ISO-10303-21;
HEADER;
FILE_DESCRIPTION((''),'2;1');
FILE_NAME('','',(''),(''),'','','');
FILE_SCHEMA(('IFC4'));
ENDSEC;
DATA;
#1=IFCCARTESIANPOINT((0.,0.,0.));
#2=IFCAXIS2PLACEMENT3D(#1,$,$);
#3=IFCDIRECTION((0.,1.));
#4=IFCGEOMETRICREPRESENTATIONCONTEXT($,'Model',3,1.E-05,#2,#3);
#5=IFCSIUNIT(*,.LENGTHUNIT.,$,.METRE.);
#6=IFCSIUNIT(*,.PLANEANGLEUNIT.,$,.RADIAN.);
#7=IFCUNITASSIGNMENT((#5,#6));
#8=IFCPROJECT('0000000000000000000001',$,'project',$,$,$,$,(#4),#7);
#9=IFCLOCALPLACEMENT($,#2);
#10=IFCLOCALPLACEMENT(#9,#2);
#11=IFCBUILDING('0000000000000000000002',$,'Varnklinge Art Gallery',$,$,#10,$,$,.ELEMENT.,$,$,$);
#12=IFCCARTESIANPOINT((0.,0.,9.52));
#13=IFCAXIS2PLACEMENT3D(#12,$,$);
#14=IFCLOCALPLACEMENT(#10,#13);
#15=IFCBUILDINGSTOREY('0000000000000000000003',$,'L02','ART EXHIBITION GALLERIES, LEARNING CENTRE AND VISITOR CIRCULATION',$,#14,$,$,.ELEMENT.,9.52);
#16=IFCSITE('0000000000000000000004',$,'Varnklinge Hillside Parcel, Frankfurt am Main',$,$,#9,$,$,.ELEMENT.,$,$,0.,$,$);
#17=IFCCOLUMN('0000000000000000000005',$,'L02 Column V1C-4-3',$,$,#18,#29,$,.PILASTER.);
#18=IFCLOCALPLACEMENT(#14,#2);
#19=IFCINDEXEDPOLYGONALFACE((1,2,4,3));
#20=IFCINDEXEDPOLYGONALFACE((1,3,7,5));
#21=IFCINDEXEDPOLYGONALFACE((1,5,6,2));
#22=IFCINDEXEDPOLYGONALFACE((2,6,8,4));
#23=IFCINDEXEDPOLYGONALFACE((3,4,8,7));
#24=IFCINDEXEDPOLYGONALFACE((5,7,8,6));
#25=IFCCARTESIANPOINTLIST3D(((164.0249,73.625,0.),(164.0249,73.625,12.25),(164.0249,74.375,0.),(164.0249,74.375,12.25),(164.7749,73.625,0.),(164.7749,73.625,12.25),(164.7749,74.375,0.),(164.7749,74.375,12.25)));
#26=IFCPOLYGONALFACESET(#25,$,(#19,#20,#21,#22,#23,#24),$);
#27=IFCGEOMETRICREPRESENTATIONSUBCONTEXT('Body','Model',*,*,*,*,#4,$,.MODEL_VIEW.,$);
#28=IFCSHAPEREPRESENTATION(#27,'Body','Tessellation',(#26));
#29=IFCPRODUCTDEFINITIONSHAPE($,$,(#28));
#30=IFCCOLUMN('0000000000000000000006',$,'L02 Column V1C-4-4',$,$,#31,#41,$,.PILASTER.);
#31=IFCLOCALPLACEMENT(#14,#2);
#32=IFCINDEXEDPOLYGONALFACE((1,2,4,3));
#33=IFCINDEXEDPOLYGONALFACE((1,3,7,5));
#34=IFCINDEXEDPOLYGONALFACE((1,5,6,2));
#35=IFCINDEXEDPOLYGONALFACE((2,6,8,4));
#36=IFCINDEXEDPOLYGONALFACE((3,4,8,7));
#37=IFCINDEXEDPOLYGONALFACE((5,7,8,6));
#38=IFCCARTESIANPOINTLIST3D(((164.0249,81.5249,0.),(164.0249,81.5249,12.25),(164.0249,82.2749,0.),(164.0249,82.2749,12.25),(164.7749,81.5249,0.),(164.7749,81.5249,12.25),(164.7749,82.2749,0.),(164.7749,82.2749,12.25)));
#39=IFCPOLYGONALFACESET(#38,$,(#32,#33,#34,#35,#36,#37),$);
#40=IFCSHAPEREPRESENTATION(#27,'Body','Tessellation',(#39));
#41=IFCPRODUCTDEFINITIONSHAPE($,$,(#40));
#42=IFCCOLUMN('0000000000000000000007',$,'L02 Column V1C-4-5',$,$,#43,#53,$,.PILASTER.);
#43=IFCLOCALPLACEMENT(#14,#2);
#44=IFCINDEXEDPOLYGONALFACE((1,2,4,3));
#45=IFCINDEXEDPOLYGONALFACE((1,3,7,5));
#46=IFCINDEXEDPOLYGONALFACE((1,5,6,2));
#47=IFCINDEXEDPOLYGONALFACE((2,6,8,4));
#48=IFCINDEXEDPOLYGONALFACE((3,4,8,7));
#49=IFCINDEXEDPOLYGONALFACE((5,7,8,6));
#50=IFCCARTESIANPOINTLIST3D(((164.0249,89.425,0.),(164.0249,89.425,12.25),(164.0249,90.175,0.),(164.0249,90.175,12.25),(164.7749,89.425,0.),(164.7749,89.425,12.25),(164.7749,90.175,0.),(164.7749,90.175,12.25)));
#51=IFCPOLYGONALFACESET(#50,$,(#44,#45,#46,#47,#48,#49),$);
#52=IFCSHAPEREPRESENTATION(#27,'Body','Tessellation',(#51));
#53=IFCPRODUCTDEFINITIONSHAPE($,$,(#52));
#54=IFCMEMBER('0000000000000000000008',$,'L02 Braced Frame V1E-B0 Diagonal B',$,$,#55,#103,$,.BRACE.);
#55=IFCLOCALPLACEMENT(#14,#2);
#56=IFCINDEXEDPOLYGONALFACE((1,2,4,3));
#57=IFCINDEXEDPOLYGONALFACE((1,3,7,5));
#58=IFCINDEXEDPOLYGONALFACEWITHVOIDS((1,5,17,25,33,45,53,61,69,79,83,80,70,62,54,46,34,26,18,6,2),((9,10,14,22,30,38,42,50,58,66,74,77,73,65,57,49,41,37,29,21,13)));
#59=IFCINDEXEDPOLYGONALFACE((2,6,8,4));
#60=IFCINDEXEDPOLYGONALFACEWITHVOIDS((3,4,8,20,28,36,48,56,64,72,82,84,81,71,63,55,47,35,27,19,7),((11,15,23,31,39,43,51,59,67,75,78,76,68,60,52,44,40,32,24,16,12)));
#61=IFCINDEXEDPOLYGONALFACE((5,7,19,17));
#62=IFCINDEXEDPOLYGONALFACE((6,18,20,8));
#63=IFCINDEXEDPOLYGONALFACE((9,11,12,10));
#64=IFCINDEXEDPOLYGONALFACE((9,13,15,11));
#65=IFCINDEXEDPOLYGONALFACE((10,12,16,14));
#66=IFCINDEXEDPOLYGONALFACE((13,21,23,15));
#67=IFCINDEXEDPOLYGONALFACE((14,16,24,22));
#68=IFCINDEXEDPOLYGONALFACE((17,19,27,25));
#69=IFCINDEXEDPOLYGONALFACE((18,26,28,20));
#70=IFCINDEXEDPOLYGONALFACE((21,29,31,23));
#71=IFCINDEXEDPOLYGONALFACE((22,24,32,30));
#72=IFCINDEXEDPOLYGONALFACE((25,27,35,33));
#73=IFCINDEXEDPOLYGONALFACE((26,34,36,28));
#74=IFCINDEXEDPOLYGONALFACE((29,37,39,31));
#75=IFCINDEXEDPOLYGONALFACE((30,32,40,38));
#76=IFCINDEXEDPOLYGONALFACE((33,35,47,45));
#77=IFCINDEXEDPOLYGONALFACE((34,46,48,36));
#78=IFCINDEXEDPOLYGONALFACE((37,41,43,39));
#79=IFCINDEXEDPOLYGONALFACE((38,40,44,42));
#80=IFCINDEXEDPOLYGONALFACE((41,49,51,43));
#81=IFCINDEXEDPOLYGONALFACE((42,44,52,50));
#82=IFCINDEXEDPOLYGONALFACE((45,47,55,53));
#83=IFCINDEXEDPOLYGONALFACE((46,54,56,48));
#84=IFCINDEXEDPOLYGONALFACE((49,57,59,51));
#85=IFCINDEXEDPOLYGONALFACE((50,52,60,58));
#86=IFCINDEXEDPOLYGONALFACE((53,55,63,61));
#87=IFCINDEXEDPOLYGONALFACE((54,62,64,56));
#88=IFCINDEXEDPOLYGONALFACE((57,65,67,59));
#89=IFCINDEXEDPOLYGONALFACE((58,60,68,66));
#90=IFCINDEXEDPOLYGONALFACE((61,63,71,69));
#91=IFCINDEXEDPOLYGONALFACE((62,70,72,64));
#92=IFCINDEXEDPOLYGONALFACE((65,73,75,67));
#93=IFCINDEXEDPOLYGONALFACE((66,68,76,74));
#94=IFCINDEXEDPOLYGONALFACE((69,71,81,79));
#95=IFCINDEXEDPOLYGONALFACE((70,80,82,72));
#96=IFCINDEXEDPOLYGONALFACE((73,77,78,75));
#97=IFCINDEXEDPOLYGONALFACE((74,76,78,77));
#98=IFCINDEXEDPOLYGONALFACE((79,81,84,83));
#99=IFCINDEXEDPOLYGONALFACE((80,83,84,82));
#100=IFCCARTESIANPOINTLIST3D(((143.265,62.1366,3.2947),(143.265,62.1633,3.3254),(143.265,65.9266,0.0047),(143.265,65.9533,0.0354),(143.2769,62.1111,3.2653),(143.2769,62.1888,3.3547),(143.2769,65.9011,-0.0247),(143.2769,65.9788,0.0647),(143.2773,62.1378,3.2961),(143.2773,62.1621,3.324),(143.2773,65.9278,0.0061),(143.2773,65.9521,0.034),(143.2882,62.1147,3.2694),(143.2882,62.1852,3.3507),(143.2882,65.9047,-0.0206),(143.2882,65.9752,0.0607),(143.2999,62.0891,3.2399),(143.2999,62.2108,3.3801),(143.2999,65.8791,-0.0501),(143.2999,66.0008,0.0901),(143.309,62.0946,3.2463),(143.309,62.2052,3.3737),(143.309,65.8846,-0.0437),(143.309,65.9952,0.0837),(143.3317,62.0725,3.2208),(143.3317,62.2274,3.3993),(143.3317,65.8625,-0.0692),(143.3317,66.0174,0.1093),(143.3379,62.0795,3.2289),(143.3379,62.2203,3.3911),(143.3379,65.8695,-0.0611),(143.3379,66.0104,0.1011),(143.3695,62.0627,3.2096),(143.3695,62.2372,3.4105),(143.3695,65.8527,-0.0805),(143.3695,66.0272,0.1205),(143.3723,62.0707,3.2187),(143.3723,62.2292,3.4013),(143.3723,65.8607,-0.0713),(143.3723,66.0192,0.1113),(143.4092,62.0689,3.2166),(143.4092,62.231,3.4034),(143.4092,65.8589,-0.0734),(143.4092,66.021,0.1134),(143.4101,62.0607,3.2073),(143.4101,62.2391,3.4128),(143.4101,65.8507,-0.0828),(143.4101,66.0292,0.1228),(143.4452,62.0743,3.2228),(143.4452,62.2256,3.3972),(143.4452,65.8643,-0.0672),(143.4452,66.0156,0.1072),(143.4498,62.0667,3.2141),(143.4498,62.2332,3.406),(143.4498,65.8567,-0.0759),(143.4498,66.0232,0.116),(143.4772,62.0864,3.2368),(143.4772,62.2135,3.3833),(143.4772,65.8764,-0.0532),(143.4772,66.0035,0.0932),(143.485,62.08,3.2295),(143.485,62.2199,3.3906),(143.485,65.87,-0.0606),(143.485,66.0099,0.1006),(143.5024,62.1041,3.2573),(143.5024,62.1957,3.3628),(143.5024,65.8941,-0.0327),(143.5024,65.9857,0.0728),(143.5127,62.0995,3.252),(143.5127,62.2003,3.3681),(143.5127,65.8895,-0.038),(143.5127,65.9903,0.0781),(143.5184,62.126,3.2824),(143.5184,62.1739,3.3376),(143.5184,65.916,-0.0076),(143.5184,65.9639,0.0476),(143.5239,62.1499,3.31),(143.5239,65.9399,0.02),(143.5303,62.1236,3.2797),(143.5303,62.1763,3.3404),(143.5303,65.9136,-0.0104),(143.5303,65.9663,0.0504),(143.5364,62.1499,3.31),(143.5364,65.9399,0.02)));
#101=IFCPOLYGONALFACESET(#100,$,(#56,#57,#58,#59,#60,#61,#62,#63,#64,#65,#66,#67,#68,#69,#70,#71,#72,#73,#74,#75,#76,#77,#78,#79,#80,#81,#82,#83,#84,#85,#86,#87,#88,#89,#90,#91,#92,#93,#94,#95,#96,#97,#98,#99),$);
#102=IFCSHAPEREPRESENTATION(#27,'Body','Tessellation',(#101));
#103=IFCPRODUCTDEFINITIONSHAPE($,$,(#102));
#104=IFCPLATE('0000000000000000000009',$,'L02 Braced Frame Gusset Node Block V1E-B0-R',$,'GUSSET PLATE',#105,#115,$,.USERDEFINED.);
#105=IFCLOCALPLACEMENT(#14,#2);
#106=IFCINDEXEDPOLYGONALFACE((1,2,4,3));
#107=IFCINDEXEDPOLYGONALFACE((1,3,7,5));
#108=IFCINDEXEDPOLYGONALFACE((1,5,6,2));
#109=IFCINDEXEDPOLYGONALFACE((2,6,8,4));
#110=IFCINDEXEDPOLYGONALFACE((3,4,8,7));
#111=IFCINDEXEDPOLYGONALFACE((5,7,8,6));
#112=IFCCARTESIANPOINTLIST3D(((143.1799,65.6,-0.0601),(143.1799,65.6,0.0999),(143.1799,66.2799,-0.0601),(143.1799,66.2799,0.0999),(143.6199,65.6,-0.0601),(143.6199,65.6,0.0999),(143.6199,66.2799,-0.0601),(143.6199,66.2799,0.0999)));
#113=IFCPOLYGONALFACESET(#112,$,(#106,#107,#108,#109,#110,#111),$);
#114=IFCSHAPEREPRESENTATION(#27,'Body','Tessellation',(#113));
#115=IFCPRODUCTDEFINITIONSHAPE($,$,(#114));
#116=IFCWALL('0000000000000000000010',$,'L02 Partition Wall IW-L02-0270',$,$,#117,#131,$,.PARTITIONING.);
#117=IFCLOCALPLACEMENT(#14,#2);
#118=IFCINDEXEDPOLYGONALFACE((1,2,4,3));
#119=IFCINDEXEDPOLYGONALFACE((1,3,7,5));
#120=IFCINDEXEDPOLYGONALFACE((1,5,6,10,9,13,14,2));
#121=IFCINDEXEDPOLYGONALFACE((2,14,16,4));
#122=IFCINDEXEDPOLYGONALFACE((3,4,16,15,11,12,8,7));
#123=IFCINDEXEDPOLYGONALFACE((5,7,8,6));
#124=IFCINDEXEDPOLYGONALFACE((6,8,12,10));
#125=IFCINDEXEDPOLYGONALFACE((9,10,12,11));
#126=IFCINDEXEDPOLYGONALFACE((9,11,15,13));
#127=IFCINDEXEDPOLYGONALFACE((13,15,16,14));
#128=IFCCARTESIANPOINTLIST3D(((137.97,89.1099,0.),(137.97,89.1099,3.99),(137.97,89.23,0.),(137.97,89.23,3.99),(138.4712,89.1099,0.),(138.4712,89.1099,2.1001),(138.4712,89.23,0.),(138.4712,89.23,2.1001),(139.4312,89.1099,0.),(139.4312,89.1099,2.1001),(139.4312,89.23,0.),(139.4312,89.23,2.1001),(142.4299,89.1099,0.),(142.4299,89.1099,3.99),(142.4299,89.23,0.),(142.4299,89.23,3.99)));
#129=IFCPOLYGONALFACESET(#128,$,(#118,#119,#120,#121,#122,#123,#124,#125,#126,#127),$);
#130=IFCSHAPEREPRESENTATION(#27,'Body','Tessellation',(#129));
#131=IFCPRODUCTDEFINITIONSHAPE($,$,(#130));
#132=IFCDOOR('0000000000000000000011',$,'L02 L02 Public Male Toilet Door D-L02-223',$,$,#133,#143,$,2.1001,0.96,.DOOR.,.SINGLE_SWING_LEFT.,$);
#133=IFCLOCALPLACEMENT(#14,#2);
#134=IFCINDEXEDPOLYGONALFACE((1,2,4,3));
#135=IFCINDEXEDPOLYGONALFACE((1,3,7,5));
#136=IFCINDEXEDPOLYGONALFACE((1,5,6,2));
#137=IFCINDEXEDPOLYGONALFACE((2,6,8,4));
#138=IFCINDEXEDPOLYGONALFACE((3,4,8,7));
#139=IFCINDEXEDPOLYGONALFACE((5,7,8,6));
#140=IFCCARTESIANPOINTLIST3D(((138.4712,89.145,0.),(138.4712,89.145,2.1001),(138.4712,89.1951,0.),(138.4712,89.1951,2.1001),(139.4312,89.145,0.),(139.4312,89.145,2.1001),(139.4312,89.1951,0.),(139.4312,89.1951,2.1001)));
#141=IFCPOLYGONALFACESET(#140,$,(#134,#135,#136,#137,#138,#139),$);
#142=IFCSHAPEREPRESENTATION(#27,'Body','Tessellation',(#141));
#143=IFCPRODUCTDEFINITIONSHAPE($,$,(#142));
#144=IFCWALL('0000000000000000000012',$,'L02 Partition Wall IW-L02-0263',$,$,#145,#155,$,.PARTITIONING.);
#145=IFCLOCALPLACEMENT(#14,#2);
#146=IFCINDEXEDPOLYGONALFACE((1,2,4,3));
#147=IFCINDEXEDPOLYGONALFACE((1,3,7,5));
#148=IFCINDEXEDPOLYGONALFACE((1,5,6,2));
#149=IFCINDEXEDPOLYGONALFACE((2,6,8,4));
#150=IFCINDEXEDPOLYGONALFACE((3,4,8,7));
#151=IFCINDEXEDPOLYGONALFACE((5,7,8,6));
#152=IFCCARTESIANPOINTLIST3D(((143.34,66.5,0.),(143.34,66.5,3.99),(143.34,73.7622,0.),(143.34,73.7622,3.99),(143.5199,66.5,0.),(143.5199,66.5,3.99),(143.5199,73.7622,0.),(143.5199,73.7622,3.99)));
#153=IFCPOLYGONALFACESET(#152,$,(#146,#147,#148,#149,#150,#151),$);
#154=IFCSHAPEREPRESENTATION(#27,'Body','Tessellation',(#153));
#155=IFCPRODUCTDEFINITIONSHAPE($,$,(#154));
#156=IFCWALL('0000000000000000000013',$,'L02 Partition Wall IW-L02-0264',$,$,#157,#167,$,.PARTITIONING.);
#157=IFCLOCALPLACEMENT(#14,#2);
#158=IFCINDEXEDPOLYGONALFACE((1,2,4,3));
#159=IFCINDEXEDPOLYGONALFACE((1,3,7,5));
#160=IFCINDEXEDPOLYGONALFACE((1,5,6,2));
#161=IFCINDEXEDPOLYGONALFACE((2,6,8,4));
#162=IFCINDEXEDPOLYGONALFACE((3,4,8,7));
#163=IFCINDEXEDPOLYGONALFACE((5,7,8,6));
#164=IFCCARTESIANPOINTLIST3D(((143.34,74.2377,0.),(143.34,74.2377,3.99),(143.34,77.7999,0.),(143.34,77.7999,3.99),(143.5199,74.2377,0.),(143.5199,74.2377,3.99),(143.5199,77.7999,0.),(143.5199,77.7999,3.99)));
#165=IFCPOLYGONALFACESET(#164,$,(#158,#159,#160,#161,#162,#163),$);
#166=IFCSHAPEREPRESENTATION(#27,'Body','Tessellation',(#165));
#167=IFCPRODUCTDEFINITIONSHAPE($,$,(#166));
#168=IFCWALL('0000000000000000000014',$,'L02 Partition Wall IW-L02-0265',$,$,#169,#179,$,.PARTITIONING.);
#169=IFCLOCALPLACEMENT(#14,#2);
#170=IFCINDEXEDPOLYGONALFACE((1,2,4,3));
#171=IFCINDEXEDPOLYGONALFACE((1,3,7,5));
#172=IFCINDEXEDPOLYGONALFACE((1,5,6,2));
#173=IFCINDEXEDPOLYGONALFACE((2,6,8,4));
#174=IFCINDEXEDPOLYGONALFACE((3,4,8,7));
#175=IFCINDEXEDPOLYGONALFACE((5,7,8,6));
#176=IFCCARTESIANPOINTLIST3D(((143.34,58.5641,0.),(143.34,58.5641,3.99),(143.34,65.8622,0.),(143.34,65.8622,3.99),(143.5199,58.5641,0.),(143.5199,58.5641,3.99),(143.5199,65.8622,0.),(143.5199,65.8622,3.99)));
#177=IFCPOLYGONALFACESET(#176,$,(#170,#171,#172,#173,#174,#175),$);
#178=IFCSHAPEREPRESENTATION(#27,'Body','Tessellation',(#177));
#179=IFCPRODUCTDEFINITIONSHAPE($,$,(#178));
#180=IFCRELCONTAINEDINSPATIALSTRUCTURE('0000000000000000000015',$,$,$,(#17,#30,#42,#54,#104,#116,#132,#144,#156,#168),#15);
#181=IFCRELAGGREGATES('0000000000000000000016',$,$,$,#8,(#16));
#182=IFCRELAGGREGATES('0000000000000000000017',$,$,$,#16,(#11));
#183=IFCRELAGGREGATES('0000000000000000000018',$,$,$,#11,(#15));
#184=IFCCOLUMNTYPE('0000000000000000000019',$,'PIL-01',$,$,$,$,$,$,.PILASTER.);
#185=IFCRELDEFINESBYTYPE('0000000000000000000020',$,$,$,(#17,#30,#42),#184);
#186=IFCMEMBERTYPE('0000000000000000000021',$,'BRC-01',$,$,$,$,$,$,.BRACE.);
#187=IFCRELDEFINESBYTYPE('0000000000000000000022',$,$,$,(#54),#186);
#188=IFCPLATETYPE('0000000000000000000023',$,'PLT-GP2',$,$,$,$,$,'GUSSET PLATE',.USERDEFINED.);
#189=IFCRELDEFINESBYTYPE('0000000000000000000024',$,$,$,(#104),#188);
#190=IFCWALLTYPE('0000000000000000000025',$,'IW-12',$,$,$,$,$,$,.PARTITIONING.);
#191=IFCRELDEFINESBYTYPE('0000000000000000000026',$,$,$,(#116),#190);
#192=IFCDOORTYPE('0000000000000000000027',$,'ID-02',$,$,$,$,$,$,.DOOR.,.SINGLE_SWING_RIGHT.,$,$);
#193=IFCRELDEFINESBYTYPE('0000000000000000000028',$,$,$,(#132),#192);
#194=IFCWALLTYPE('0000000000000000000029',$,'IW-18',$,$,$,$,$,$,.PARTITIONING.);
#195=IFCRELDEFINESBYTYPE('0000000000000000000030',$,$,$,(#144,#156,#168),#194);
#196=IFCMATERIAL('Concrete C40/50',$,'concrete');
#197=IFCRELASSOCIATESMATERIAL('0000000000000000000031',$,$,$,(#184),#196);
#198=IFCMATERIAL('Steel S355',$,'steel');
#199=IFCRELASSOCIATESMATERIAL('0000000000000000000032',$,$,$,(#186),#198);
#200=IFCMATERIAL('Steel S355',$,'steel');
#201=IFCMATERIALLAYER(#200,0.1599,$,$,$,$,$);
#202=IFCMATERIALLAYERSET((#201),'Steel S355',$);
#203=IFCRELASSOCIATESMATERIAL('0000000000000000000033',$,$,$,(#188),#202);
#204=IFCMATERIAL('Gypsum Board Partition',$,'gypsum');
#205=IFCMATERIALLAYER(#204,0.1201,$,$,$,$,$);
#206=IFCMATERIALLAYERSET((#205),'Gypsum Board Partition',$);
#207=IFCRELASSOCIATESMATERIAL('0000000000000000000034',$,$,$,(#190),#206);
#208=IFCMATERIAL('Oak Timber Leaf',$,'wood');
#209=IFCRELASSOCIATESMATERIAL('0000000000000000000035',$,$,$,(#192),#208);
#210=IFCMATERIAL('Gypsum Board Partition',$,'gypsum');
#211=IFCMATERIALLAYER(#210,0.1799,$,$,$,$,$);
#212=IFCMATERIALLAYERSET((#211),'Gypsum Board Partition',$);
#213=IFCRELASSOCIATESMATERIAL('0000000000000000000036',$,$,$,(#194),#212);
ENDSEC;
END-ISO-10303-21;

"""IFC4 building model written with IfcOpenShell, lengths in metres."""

from ifc_helpers import new_model, si_unit, direction, frame, frame_2d, origin, origin_2d, place, context, subcontext, project, spatial, rectangle, hollow_circle, extrude, material, layer, layer_set, material_profile, profile_set, type_object, element, fill, save


model = new_model("IFC4")

# Units and contexts
model_context = context("Model", 3, precision=1e-05, world=origin(), true_north=direction((0.0, 1.0)))
body_context = subcontext(model_context, "Body", "Model", "MODEL_VIEW")
ifc_project = project(units=[si_unit("LENGTHUNIT", "METRE"), si_unit("PLANEANGLEUNIT", "RADIAN")], contexts=[model_context])

# Site, building, storey
site_placement = place(None, origin())
site = spatial("IfcSite", under=ifc_project, at=site_placement, Name="Varnklinge Hillside Parcel, Frankfurt am Main", CompositionType="ELEMENT", RefElevation=0.0)
building_placement = place(site_placement, origin())
building = spatial("IfcBuilding", under=site, at=building_placement, Name="Varnklinge Art Gallery", CompositionType="ELEMENT")
storey_placement = place(building_placement, frame((0.0, 0.0, 9.52)))
storey = spatial("IfcBuildingStorey", under=building, at=storey_placement, Name="L02", Description="ART EXHIBITION GALLERIES, LEARNING CENTRE AND VISITOR CIRCULATION", CompositionType="ELEMENT", Elevation=9.52)

# Columns
ifc_material_1 = material(Name="Concrete C40/50", Category="concrete")
ifc_material_profile_1 = material_profile(ifc_material_1, rectangle(XDim=0.75, YDim=0.75, at=origin_2d()), Name="RC 750x750")
ifc_profile_set_1 = profile_set([ifc_material_profile_1], Name="Concrete C40/50")
column_type_1 = type_object("IfcColumnType", Name="PIL-01", PredefinedType="PILASTER", material=ifc_profile_set_1)
for number, where, z_axis, x_axis, name in (
    (1, (164.3999, 74.0, 0.0), (0.0, 0.0, 1.0), (1.0, 0.0, 0.0), "L02 Column V1C-4-3"),
    (2, (164.3999, 81.8999, 0.0), (0.0, 0.0, 1.0), (1.0, 0.0, 0.0), "L02 Column V1C-4-4"),
    (3, (164.3999, 89.8, 0.0), (0.0, 0.0, 1.0), (1.0, 0.0, 0.0), "L02 Column V1C-4-5"),
):
    element("IfcColumn", number, at=place(storey_placement, frame(where, z_axis=z_axis, x_axis=x_axis)), inside=storey, type_object=column_type_1, Name=name, PredefinedType="PILASTER", context=body_context, shape_type="SweptSolid", body=[
        extrude(rectangle(XDim=0.75, YDim=0.75, at=origin_2d()), origin(), (0.0, 0.0, 1.0), 12.25),
    ])

# Member
ifc_material_2 = material(Name="Steel S355", Category="steel")
ifc_material_profile_2 = material_profile(ifc_material_2, hollow_circle(Radius=0.1365, WallThickness=0.0125, at=origin_2d()), Name="CHS 273x12.5")
ifc_profile_set_2 = profile_set([ifc_material_profile_2], Name="Steel S355")
member_type = type_object("IfcMemberType", Name="BRC-01", PredefinedType="BRACE", material=ifc_profile_set_2)
member_placement = place(storey_placement, frame((143.3999, 65.9399, 0.02), z_axis=(0.0, -0.755162, 0.655538), x_axis=(1.0, 0.0, 0.0)))
element("IfcMember", 4, at=member_placement, inside=storey, type_object=member_type, Name="L02 Braced Frame V1E-B0 Diagonal B", PredefinedType="BRACE", context=body_context, shape_type="SweptSolid", body=[
    extrude(hollow_circle(Radius=0.1365, WallThickness=0.0125, at=origin_2d()), origin(), (0.0, 0.0, 1.0), 5.0188),
])

# Plate
ifc_material_3 = material(Name="Steel S355", Category="steel")
ifc_layer_1 = layer(ifc_material_3, 0.1599)
ifc_layer_set_1 = layer_set([ifc_layer_1], Name="Steel S355")
plate_type = type_object("IfcPlateType", Name="PLT-GP2", ElementType="GUSSET PLATE", PredefinedType="USERDEFINED", material=ifc_layer_set_1)
plate_placement = place(storey_placement, frame((143.3999, 65.9399, -0.0601), z_axis=(0.0, 0.0, 1.0), x_axis=(0.0, 1.0, 0.0)))
element("IfcPlate", 5, at=plate_placement, inside=storey, type_object=plate_type, Name="L02 Braced Frame Gusset Node Block V1E-B0-R", ObjectType="GUSSET PLATE", PredefinedType="USERDEFINED", context=body_context, shape_type="SweptSolid", body=[
    extrude(rectangle(XDim=0.6799, YDim=0.4399, at=origin_2d()), origin(), (0.0, 0.0, 1.0), 0.1599),
])

# Wall, opening, door
ifc_material_4 = material(Name="Gypsum Board Partition", Category="gypsum")
ifc_layer_2 = layer(ifc_material_4, 0.1201)
ifc_layer_set_2 = layer_set([ifc_layer_2], Name="Gypsum Board Partition")
wall_type_1 = type_object("IfcWallType", Name="IW-12", PredefinedType="PARTITIONING", material=ifc_layer_set_2)
wall_1_placement = place(storey_placement, frame((142.4299, 89.1699, 0.0), z_axis=(0.0, 0.0, 1.0), x_axis=(-1.0, 0.0, 0.0)))
wall_1 = element("IfcWall", 6, at=wall_1_placement, inside=storey, type_object=wall_type_1, Name="L02 Partition Wall IW-L02-0270", PredefinedType="PARTITIONING", context=body_context, shape_type="SweptSolid", body=[
    extrude(rectangle(XDim=4.46, YDim=0.1201, at=frame_2d((2.23, 0.0))), origin(), (0.0, 0.0, 1.0), 3.99),
])
opening_1_placement = place(wall_1_placement, frame((2.9988, 0.0, 0.0)))
opening_1 = element("IfcOpeningElement", 7, at=opening_1_placement, cuts=wall_1, PredefinedType="OPENING", context=body_context, shape_type="SweptSolid", body=[
    extrude(rectangle(XDim=0.96, YDim=2.1001, at=frame_2d((0.48, 1.05))), frame((0.0, 0.0701, 0.0), z_axis=(0.0, -1.0, 0.0), x_axis=(1.0, 0.0, 0.0)), (0.0, 0.0, 1.0), 0.1401),
])
ifc_material_5 = material(Name="Oak Timber Leaf", Category="wood")
door_type_1 = type_object("IfcDoorType", Name="ID-02", OperationType="SINGLE_SWING_RIGHT", PredefinedType="DOOR", material=ifc_material_5)
door_1_placement = place(opening_1_placement, origin())
door_1 = element("IfcDoor", 8, at=door_1_placement, inside=storey, type_object=door_type_1, Name="L02 L02 Public Male Toilet Door D-L02-223", OperationType="SINGLE_SWING_LEFT", OverallHeight=2.1001, OverallWidth=0.96, PredefinedType="DOOR", context=body_context, shape_type="SweptSolid", body=[
    extrude(rectangle(XDim=0.96, YDim=2.1001, at=frame_2d((0.48, 1.05))), frame((0.0, 0.0249, 0.0), z_axis=(0.0, -1.0, 0.0), x_axis=(1.0, 0.0, 0.0)), (0.0, 0.0, 1.0), 0.05),
])
fill(opening_1, door_1)

# Walls
ifc_material_6 = material(Name="Gypsum Board Partition", Category="gypsum")
ifc_layer_3 = layer(ifc_material_6, 0.1799)
ifc_layer_set_3 = layer_set([ifc_layer_3], Name="Gypsum Board Partition")
wall_type_2 = type_object("IfcWallType", Name="IW-18", PredefinedType="PARTITIONING", material=ifc_layer_set_3)
wall_2_placement = place(storey_placement, frame((143.4299, 73.7622, 0.0), z_axis=(0.0, 0.0, 1.0), x_axis=(0.0, -1.0, 0.0)))
element("IfcWall", 9, at=wall_2_placement, inside=storey, type_object=wall_type_2, Name="L02 Partition Wall IW-L02-0263", PredefinedType="PARTITIONING", context=body_context, shape_type="SweptSolid", body=[
    extrude(rectangle(XDim=7.2622, YDim=0.1799, at=frame_2d((3.6311, 0.0))), origin(), (0.0, 0.0, 1.0), 3.99),
])
wall_3_placement = place(storey_placement, frame((143.4299, 77.8, 0.0), z_axis=(0.0, 0.0, 1.0), x_axis=(0.0, -1.0, 0.0)))
element("IfcWall", 10, at=wall_3_placement, inside=storey, type_object=wall_type_2, Name="L02 Partition Wall IW-L02-0264", PredefinedType="PARTITIONING", context=body_context, shape_type="SweptSolid", body=[
    extrude(rectangle(XDim=3.5623, YDim=0.1799, at=frame_2d((1.7812, 0.0))), origin(), (0.0, 0.0, 1.0), 3.99),
])
wall_4_placement = place(storey_placement, frame((143.4299, 65.8621, 0.0), z_axis=(0.0, 0.0, 1.0), x_axis=(0.0, -1.0, 0.0)))
element("IfcWall", 11, at=wall_4_placement, inside=storey, type_object=wall_type_2, Name="L02 Partition Wall IW-L02-0265", PredefinedType="PARTITIONING", context=body_context, shape_type="SweptSolid", body=[
    extrude(rectangle(XDim=7.2981, YDim=0.1799, at=frame_2d((3.6489, 0.0))), origin(), (0.0, 0.0, 1.0), 3.99),
])

save(model, "model.ifc")
